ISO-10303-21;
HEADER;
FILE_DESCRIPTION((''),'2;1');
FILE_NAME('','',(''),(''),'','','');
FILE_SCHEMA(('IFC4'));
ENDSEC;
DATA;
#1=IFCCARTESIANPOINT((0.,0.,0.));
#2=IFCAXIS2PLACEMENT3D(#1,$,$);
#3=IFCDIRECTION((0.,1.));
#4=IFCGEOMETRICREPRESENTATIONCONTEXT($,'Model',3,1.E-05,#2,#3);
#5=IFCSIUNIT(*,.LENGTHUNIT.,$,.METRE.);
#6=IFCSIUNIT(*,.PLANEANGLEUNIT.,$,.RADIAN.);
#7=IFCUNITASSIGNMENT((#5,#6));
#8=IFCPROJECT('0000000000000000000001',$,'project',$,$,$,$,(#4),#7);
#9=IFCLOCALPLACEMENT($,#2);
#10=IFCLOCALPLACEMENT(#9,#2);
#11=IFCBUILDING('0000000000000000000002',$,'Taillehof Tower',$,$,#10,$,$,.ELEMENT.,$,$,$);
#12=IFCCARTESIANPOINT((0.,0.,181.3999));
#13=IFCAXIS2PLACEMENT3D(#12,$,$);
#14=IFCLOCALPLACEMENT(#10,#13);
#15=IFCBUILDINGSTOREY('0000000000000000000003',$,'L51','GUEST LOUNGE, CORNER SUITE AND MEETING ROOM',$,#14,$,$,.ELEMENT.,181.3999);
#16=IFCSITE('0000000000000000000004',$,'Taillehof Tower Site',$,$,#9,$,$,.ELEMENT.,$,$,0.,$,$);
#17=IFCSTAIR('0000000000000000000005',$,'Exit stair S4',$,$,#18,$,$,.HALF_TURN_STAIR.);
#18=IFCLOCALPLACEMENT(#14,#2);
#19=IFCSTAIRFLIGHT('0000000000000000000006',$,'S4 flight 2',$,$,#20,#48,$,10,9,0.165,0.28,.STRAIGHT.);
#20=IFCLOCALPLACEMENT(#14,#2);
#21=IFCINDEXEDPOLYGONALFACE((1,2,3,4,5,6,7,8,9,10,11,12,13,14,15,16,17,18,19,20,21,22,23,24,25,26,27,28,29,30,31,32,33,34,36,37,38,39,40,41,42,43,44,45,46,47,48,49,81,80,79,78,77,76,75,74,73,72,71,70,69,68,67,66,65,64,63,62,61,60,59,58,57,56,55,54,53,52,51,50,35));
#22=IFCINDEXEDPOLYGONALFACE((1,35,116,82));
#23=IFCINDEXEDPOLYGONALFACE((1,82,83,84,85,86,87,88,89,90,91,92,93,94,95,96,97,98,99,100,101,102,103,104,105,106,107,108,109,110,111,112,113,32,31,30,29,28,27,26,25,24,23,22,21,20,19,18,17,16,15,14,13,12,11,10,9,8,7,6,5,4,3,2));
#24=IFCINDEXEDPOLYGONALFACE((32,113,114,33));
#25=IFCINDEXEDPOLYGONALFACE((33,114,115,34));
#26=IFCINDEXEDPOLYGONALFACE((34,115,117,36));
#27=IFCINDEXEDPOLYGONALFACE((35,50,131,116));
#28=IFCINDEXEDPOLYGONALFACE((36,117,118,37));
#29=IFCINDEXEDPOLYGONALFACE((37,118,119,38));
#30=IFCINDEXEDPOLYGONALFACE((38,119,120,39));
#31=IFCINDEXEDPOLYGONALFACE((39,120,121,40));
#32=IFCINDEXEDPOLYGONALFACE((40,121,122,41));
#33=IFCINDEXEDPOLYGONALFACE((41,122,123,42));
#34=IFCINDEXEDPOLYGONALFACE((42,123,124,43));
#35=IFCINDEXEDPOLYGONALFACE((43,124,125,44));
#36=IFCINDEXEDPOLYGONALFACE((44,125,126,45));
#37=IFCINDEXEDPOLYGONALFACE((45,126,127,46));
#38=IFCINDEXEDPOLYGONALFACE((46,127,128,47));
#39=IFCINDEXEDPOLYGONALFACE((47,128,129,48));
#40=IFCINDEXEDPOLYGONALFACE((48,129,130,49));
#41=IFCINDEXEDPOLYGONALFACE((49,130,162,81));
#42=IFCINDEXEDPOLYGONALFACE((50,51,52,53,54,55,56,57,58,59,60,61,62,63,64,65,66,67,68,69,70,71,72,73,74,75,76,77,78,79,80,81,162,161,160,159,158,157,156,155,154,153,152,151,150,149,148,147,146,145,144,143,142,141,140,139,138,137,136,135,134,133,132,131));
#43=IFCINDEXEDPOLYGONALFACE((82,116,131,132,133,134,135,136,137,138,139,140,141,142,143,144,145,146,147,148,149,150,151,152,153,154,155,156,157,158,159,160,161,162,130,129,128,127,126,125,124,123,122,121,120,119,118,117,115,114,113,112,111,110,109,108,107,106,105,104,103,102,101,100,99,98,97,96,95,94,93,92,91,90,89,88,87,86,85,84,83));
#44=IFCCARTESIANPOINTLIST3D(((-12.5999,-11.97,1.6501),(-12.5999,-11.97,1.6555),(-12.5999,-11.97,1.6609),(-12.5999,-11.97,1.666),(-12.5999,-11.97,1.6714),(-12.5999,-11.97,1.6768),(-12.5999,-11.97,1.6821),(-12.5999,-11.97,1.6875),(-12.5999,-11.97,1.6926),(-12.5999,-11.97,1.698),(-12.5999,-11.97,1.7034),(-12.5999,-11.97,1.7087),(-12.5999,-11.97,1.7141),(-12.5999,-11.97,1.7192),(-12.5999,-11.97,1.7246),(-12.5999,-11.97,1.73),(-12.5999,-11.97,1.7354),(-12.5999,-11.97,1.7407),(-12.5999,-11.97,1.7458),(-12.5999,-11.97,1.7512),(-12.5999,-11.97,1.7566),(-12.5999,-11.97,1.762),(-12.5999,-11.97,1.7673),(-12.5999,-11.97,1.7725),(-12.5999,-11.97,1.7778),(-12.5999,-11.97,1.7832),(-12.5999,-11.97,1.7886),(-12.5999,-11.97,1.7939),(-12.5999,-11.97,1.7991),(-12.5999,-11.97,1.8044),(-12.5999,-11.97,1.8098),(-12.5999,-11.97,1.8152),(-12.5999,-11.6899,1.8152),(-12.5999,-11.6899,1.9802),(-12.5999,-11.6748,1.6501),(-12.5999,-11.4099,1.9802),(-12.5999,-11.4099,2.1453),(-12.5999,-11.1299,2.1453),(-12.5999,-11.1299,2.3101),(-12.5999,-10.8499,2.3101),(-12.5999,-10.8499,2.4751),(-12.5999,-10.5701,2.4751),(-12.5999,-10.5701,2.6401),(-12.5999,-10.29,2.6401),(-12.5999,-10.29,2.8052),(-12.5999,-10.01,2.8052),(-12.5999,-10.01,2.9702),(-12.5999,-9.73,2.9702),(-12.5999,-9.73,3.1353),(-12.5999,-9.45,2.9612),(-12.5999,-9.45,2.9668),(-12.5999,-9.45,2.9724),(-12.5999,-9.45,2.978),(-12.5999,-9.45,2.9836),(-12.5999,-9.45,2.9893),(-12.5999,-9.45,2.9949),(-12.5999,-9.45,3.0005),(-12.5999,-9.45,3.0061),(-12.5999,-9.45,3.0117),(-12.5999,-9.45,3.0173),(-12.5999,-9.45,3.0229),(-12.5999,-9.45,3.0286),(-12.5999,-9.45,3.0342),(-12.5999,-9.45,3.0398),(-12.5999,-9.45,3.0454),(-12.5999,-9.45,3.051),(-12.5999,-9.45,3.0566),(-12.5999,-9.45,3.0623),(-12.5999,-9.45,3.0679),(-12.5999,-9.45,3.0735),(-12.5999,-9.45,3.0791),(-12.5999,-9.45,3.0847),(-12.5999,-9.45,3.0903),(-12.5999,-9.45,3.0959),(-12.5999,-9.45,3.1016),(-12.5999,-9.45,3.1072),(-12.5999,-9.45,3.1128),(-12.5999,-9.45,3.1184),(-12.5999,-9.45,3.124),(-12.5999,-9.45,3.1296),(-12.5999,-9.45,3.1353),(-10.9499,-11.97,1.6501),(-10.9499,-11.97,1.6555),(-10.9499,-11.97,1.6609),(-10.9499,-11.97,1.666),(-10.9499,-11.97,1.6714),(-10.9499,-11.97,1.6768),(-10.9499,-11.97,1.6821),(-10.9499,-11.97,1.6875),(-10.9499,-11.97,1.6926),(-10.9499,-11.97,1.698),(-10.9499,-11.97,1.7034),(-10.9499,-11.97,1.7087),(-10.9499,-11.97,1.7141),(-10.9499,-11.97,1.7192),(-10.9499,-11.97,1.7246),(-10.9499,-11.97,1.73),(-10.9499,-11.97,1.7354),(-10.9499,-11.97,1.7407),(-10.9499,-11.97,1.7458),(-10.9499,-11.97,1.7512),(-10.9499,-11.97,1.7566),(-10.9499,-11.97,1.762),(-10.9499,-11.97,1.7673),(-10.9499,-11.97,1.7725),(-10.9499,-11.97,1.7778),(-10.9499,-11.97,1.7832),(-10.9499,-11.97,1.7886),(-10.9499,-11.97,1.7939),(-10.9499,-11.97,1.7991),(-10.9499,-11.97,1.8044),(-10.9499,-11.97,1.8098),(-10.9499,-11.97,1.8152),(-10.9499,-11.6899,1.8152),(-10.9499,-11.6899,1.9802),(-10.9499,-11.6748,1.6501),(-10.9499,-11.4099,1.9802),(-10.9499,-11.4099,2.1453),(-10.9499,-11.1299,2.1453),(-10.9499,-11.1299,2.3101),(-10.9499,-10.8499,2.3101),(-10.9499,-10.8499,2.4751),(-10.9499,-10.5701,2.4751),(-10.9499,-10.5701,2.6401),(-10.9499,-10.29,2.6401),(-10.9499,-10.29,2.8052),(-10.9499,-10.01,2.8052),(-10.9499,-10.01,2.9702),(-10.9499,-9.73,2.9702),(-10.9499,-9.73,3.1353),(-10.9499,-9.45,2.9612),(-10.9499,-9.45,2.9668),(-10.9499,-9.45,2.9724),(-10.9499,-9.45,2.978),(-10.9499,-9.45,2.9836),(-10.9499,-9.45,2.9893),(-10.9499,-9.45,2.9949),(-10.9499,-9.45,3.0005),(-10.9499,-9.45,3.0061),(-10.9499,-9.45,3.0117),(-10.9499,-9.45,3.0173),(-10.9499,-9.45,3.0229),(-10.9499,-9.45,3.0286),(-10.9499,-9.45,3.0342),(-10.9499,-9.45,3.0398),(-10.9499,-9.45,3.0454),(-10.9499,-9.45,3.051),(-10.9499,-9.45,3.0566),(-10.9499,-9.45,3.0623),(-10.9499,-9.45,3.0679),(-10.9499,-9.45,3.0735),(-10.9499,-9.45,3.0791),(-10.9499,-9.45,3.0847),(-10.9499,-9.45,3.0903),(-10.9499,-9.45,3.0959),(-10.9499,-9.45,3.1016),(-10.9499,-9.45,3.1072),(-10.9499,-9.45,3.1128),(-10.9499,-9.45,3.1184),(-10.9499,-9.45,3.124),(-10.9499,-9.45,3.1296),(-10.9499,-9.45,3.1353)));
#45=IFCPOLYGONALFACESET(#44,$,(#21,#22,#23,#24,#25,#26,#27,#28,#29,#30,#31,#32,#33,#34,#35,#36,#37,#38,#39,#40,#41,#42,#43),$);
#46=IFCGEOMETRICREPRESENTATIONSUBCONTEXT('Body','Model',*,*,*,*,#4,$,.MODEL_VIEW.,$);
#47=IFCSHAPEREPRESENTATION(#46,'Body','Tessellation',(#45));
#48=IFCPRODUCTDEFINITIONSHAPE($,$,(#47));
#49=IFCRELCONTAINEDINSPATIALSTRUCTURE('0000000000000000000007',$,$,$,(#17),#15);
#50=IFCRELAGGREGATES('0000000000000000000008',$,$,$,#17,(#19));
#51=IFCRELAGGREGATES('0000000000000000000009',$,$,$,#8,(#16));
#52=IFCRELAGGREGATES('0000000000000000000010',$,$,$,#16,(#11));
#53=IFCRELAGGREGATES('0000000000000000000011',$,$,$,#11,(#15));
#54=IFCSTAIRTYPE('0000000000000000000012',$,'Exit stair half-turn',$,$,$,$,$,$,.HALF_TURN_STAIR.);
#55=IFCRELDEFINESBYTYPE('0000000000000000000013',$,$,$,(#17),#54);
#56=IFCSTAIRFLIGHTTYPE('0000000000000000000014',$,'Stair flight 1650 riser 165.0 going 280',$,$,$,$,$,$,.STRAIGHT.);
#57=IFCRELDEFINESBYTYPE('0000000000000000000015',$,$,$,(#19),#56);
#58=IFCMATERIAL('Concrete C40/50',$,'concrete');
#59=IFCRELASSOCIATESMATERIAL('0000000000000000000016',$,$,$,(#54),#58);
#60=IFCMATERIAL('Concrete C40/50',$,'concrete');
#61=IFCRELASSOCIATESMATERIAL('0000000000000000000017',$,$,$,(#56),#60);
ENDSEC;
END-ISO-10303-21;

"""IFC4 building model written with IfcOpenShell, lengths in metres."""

from ifc_helpers import new_model, si_unit, direction, frame, origin, place, context, subcontext, project, spatial, polyline, outline, extrude, material, type_object, element, aggregate, save


model = new_model("IFC4")

# Units and contexts
model_context = context("Model", 3, precision=1e-05, world=origin(), true_north=direction((0.0, 1.0)))
body_context = subcontext(model_context, "Body", "Model", "MODEL_VIEW")
ifc_project = project(units=[si_unit("LENGTHUNIT", "METRE"), si_unit("PLANEANGLEUNIT", "RADIAN")], contexts=[model_context])

# Site, building, storey
site_placement = place(None, origin())
site = spatial("IfcSite", under=ifc_project, at=site_placement, Name="Taillehof Tower Site", CompositionType="ELEMENT", RefElevation=0.0)
building_placement = place(site_placement, origin())
building = spatial("IfcBuilding", under=site, at=building_placement, Name="Taillehof Tower", CompositionType="ELEMENT")
storey_placement = place(building_placement, frame((0.0, 0.0, 181.3999)))
storey = spatial("IfcBuildingStorey", under=building, at=storey_placement, Name="L51", Description="GUEST LOUNGE, CORNER SUITE AND MEETING ROOM", CompositionType="ELEMENT", Elevation=181.3999)

# Stair, stair flight
ifc_material_1 = material(Name="Concrete C40/50", Category="concrete")
stair_type = type_object("IfcStairType", Name="Exit stair half-turn", PredefinedType="HALF_TURN_STAIR", material=ifc_material_1)
stair_placement = place(storey_placement, origin())
stair = element("IfcStair", 1, at=stair_placement, inside=storey, type_object=stair_type, Name="Exit stair S4", PredefinedType="HALF_TURN_STAIR")
ifc_material_2 = material(Name="Concrete C40/50", Category="concrete")
stair_flight_type = type_object("IfcStairFlightType", Name="Stair flight 1650 riser 165.0 going 280", PredefinedType="STRAIGHT", material=ifc_material_2)
stair_flight_1_placement = place(storey_placement, frame((-11.7749, -11.97, 1.6501), z_axis=(0.0, 0.0, 1.0), x_axis=(0.0, 1.0, 0.0)))
stair_flight_1 = element("IfcStairFlight", 2, at=stair_flight_1_placement, type_object=stair_flight_type, Name="S4 flight 2", NumberOfRisers=10, NumberOfTreads=9, PredefinedType="STRAIGHT", RiserHeight=0.165, TreadLength=0.28, context=body_context, shape_type="SweptSolid", body=[
    extrude(outline(polyline([(0.0, 0.0), (0.0, 0.0054), (0.0, 0.0107), (0.0, 0.0159), (0.0, 0.0212), (0.0, 0.0266), (0.0, 0.032), (0.0, 0.0374), (0.0, 0.0425), (0.0, 0.0479), (0.0, 0.0532), (0.0, 0.0586), (0.0, 0.064), (0.0, 0.0691), (0.0, 0.0745), (0.0, 0.0798), (0.0, 0.0852), (0.0, 0.0906), (0.0, 0.0957), (0.0, 0.1011), (0.0, 0.1064), (0.0, 0.1118), (0.0, 0.1172), (0.0, 0.1223), (0.0, 0.1277), (0.0, 0.1331), (0.0, 0.1384), (0.0, 0.1438), (0.0, 0.1489), (0.0, 0.1543), (0.0, 0.1597), (0.0, 0.165), (0.28, 0.165), (0.28, 0.3301), (0.5601, 0.3301), (0.5601, 0.4951), (0.8401, 0.4951), (0.8401, 0.6599), (1.1201, 0.6599), (1.1201, 0.825), (1.3999, 0.825), (1.3999, 0.99), (1.6799, 0.99), (1.6799, 1.155), (1.96, 1.155), (1.96, 1.3201), (2.24, 1.3201), (2.24, 1.4851), (2.52, 1.4851), (2.52, 1.4795), (2.52, 1.4739), (2.52, 1.4683), (2.52, 1.4626), (2.52, 1.457), (2.52, 1.4514), (2.52, 1.4458), (2.52, 1.4402), (2.52, 1.4346), (2.52, 1.429), (2.52, 1.4233), (2.52, 1.4177), (2.52, 1.4121), (2.52, 1.4065), (2.52, 1.4009), (2.52, 1.3953), (2.52, 1.3896), (2.52, 1.384), (2.52, 1.3784), (2.52, 1.3728), (2.52, 1.3672), (2.52, 1.3616), (2.52, 1.356), (2.52, 1.3503), (2.52, 1.3447), (2.52, 1.3391), (2.52, 1.3335), (2.52, 1.3279), (2.52, 1.3223), (2.52, 1.3167), (2.52, 1.311), (0.2952, 0.0), (0.0, 0.0)])), frame((0.0, 0.825, 0.0), z_axis=(0.0, -1.0, 0.0), x_axis=(1.0, 0.0, 0.0)), (0.0, 0.0, 1.0), 1.65),
])
aggregate(stair, [stair_flight_1])

save(model, "model.ifc")
